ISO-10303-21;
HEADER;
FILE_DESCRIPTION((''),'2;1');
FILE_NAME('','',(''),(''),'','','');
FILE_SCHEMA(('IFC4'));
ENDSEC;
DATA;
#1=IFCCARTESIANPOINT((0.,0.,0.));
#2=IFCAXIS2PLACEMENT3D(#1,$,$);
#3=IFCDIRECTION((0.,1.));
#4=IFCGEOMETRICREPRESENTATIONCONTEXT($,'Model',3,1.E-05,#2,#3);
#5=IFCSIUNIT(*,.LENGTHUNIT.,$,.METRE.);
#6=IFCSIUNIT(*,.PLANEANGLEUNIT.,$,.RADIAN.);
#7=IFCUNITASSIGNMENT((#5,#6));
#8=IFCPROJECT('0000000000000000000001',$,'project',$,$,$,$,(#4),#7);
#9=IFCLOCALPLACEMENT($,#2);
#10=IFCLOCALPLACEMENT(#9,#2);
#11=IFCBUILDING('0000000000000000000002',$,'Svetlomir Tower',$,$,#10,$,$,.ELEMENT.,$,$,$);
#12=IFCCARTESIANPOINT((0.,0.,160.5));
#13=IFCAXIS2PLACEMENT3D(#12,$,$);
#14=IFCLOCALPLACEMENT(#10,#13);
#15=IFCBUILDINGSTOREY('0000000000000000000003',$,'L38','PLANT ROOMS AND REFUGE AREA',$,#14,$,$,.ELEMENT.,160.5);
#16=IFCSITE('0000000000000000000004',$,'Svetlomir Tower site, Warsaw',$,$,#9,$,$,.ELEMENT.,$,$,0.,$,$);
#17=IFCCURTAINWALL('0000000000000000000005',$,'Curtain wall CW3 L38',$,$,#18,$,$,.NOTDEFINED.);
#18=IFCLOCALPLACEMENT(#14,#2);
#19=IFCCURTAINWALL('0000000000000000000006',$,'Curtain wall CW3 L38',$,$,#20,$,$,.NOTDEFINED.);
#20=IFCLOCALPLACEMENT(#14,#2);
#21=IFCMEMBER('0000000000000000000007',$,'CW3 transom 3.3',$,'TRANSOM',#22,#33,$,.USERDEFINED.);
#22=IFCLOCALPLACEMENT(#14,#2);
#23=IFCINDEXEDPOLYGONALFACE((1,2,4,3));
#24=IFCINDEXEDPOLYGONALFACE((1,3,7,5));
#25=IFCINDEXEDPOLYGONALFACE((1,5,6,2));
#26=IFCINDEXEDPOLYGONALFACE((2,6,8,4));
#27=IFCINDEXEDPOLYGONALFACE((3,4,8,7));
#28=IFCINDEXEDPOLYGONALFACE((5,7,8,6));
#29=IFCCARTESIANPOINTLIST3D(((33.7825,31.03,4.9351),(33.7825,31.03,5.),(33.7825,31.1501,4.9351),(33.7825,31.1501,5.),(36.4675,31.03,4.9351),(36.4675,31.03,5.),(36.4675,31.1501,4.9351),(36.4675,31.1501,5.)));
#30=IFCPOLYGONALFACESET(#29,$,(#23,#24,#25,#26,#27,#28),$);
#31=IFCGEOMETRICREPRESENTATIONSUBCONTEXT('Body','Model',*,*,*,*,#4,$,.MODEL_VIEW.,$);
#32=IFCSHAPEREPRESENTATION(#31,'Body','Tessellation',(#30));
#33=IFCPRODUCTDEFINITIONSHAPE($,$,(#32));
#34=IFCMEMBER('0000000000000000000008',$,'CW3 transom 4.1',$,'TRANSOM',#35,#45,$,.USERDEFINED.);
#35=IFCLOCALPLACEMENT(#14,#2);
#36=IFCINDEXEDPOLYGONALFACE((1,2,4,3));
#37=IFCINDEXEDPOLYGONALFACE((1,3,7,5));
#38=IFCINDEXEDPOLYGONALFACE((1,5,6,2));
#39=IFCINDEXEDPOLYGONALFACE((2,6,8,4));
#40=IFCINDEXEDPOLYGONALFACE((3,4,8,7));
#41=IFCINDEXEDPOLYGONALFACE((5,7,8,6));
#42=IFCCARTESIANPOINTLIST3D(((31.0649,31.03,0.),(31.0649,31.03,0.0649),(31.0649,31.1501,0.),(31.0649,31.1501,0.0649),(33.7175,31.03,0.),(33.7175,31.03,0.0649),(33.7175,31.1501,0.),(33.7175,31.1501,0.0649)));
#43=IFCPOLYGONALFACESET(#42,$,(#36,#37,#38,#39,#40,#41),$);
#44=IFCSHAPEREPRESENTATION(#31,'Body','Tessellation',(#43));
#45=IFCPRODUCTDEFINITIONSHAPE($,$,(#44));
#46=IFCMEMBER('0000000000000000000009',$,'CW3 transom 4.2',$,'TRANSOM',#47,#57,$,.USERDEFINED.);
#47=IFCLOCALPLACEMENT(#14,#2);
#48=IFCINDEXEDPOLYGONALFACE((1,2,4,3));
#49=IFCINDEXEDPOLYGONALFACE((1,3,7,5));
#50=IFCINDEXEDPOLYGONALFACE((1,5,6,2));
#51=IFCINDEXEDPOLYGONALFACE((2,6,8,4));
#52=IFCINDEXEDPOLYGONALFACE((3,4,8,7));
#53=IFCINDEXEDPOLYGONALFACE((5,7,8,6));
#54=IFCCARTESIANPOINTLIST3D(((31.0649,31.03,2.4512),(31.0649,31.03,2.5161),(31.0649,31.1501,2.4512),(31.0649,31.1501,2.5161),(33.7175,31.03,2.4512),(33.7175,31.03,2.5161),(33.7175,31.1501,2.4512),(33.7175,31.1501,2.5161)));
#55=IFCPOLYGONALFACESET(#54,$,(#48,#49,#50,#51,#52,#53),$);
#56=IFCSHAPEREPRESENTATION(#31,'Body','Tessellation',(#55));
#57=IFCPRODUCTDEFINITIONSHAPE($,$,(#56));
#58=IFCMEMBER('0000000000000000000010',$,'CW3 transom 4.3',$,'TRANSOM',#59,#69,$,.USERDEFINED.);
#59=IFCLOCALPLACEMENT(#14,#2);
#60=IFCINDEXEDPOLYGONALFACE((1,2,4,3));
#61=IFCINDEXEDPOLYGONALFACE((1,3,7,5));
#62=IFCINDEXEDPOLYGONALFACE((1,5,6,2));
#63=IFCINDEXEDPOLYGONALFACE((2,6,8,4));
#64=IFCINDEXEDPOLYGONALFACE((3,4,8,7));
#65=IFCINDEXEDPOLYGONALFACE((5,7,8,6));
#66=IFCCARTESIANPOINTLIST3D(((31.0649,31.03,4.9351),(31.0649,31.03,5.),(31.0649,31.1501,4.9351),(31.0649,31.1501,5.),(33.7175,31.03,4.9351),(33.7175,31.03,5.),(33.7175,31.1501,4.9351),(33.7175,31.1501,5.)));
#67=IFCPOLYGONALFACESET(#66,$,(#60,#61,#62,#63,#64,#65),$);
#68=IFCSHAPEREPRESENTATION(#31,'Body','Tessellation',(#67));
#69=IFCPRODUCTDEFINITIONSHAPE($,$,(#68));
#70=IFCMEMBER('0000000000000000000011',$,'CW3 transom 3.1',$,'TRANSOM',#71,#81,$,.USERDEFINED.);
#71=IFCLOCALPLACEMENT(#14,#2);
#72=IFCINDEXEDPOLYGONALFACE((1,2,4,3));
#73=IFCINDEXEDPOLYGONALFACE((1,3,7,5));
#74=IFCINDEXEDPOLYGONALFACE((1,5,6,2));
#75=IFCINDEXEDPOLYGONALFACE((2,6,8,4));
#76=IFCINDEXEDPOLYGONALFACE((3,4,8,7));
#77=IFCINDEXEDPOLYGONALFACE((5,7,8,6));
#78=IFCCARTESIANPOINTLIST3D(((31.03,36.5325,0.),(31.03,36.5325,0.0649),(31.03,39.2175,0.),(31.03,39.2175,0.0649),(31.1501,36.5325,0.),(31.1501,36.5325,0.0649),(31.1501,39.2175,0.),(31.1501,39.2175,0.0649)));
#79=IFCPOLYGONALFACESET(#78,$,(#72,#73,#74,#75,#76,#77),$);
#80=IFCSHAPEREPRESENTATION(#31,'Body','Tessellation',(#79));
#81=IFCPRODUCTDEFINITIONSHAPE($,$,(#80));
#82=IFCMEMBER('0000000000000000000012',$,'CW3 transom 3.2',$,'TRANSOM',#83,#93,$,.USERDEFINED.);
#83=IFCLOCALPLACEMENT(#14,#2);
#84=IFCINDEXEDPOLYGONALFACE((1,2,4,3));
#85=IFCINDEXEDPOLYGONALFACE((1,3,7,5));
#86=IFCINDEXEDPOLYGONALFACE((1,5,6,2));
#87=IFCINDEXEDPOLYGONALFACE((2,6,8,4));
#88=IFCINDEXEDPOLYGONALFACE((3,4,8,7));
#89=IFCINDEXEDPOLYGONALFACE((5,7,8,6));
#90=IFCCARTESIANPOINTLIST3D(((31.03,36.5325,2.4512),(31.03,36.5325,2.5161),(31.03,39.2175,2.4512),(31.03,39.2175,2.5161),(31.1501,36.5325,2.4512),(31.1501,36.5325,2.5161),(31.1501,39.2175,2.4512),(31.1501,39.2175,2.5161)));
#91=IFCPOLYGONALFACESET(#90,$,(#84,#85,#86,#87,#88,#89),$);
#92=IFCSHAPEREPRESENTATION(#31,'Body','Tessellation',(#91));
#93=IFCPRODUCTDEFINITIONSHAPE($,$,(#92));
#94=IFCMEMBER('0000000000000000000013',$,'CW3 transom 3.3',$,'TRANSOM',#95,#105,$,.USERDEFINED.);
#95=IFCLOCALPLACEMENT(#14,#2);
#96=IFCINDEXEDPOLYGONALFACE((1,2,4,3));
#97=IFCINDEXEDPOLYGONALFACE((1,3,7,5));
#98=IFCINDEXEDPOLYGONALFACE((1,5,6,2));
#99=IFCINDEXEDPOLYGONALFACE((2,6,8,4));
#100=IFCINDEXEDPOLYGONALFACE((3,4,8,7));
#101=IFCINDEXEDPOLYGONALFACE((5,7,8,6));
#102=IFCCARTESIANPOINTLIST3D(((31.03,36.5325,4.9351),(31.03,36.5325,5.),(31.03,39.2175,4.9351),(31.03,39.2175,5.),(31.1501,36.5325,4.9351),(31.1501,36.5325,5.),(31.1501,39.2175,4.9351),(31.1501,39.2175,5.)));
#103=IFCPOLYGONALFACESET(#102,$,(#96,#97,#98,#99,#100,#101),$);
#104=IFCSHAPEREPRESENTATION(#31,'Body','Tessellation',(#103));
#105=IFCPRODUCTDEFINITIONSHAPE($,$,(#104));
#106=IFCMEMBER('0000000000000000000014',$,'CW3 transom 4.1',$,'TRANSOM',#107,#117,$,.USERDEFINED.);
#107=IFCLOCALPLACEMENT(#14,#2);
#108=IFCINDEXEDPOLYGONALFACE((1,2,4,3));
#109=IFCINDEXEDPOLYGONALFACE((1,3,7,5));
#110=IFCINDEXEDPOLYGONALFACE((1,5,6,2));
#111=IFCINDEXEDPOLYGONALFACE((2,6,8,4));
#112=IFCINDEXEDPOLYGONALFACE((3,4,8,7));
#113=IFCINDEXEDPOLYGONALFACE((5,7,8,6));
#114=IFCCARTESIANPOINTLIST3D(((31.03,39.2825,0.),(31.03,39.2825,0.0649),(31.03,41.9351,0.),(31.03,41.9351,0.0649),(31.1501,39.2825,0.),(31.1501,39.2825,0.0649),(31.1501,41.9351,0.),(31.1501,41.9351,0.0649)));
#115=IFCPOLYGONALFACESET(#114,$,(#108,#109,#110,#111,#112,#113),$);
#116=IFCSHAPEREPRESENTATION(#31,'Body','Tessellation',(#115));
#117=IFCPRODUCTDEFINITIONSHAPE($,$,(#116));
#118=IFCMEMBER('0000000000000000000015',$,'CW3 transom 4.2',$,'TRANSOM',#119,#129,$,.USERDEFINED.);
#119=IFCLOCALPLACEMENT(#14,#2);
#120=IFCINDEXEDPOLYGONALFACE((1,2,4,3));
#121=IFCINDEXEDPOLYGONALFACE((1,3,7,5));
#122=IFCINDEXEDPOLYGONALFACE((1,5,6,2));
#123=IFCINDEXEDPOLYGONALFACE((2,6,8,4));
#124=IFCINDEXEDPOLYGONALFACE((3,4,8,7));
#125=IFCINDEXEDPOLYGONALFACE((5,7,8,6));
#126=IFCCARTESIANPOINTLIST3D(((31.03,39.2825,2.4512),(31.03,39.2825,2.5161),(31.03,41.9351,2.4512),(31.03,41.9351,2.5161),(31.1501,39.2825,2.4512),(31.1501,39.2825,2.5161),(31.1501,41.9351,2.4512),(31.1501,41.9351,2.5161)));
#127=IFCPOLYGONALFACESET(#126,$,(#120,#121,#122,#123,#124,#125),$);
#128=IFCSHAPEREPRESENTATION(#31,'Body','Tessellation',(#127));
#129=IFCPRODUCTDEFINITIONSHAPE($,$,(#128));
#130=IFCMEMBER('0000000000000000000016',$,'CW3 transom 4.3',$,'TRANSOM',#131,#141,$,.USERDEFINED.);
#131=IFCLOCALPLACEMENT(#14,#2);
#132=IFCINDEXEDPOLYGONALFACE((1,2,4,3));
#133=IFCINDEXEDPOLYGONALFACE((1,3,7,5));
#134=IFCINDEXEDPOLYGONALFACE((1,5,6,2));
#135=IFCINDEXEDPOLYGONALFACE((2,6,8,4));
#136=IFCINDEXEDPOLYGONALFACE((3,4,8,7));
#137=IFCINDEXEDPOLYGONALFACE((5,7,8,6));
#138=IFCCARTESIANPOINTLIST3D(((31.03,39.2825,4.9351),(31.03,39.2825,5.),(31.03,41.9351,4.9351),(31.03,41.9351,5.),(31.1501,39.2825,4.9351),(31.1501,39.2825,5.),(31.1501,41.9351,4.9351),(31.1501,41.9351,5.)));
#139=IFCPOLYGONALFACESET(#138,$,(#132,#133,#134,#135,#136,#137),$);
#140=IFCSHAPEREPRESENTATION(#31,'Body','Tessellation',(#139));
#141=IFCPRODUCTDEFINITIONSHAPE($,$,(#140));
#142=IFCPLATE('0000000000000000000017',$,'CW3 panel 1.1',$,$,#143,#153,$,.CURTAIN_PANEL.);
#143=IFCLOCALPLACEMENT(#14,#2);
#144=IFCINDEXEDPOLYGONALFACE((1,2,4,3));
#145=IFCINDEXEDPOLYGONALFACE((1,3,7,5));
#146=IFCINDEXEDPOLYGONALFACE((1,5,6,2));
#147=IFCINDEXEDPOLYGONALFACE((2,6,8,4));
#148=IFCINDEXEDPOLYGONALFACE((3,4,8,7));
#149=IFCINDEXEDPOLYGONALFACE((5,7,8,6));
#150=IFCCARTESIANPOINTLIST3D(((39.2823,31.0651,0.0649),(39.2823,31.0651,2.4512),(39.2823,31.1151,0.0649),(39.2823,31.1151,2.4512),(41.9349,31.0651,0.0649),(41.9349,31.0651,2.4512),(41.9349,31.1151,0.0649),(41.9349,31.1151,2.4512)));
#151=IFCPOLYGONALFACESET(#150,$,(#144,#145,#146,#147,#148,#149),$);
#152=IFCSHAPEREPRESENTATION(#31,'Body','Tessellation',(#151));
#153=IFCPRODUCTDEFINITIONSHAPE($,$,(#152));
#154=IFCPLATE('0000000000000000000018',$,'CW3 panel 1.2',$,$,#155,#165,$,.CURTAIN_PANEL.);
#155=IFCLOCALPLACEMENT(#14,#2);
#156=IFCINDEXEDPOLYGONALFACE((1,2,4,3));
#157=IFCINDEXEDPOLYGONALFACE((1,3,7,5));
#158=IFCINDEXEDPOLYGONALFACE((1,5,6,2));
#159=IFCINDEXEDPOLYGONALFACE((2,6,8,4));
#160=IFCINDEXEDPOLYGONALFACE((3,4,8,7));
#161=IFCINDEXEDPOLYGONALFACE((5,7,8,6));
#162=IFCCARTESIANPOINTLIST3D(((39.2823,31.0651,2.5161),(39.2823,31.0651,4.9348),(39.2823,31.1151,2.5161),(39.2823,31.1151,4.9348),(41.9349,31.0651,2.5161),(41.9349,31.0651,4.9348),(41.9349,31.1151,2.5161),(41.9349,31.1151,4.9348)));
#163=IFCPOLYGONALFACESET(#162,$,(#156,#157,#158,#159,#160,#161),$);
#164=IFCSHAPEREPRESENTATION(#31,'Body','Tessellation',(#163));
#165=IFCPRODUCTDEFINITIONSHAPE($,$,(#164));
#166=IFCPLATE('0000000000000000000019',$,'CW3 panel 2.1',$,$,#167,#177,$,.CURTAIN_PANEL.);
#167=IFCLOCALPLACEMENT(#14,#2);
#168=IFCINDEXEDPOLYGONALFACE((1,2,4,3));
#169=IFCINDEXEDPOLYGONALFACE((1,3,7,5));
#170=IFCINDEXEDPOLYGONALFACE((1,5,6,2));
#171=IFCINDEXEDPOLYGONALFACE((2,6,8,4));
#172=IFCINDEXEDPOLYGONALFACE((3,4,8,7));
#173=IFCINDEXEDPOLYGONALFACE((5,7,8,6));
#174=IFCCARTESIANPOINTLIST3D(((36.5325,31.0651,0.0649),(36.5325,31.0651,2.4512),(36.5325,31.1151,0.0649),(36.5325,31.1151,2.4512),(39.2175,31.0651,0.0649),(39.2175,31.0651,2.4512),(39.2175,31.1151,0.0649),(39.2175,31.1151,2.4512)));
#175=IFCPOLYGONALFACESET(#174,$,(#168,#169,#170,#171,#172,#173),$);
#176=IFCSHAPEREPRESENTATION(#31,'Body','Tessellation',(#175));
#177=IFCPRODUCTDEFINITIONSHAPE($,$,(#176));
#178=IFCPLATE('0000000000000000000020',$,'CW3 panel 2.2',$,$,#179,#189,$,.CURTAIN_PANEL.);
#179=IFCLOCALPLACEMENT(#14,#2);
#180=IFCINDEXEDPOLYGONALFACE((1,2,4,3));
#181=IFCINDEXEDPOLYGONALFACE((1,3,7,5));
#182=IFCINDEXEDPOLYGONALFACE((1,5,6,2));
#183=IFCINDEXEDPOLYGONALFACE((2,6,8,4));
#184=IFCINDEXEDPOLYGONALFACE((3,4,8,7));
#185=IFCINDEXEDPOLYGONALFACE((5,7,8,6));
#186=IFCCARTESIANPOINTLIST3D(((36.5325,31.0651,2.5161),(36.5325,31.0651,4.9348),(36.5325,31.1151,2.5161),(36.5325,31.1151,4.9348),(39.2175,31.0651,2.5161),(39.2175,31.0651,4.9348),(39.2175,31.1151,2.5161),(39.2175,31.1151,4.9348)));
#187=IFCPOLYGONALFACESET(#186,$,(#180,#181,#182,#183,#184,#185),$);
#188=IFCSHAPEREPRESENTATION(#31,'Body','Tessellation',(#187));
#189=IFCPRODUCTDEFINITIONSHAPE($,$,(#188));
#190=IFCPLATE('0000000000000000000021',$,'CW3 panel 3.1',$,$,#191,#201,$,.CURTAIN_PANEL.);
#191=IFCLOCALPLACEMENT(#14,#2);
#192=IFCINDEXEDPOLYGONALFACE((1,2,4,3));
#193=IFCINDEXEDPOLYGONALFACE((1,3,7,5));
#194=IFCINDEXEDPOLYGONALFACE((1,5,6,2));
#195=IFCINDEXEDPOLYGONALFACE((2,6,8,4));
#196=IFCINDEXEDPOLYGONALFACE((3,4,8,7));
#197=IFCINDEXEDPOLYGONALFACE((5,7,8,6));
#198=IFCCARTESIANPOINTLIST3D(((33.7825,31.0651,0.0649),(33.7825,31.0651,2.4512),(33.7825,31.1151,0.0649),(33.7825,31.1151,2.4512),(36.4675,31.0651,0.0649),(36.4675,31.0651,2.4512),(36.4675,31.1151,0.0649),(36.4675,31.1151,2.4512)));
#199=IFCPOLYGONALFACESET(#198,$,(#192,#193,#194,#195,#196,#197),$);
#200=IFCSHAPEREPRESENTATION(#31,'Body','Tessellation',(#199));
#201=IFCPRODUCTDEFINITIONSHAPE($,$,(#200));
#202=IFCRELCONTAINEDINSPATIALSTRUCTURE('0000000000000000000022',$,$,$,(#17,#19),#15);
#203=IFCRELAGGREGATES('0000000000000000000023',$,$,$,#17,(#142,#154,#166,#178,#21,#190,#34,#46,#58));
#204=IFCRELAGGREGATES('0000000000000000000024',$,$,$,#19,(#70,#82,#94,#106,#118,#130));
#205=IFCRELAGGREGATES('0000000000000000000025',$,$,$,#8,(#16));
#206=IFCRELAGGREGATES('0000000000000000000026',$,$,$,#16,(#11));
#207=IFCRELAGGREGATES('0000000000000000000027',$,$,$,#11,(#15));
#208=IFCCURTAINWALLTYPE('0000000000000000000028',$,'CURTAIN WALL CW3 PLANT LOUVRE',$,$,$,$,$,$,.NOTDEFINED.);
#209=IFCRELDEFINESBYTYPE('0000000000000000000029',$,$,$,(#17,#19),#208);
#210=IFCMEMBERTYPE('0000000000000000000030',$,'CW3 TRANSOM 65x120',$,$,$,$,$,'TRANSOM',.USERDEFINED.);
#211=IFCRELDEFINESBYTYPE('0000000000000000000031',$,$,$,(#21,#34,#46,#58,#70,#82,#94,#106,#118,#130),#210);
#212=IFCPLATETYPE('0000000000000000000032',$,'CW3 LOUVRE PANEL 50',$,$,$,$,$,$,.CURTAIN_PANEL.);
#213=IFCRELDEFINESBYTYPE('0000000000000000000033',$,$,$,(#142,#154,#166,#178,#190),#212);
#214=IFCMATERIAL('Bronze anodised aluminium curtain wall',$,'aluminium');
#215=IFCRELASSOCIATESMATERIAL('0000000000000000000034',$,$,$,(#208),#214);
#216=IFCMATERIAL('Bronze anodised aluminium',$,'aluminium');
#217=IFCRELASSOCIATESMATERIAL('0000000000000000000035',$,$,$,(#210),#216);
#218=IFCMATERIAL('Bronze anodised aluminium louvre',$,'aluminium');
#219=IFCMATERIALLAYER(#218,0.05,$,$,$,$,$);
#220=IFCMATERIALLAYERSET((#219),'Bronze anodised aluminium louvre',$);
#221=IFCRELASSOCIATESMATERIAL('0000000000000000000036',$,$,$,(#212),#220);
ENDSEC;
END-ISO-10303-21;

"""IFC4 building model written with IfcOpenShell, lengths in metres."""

from ifc_helpers import new_model, si_unit, direction, frame, origin, origin_2d, place, context, subcontext, project, spatial, rectangle, extrude, material, layer, layer_set, material_profile, profile_set, type_object, element, aggregate, save


model = new_model("IFC4")

# Units and contexts
model_context = context("Model", 3, precision=1e-05, world=origin(), true_north=direction((0.0, 1.0)))
body_context = subcontext(model_context, "Body", "Model", "MODEL_VIEW")
ifc_project = project(units=[si_unit("LENGTHUNIT", "METRE"), si_unit("PLANEANGLEUNIT", "RADIAN")], contexts=[model_context])

# Site, building, storey
site_placement = place(None, origin())
site = spatial("IfcSite", under=ifc_project, at=site_placement, Name="Svetlomir Tower site, Warsaw", CompositionType="ELEMENT", RefElevation=0.0)
building_placement = place(site_placement, origin())
building = spatial("IfcBuilding", under=site, at=building_placement, Name="Svetlomir Tower", CompositionType="ELEMENT")
storey_placement = place(building_placement, frame((0.0, 0.0, 160.5)))
storey = spatial("IfcBuildingStorey", under=building, at=storey_placement, Name="L38", Description="PLANT ROOMS AND REFUGE AREA", CompositionType="ELEMENT", Elevation=160.5)

# Curtain walls
ifc_material_1 = material(Name="Bronze anodised aluminium curtain wall", Category="aluminium")
curtain_wall_type = type_object("IfcCurtainWallType", Name="CURTAIN WALL CW3 PLANT LOUVRE", PredefinedType="NOTDEFINED", material=ifc_material_1)
curtain_wall_1_placement = place(storey_placement, origin())
curtain_wall_1 = element("IfcCurtainWall", 1, at=curtain_wall_1_placement, inside=storey, type_object=curtain_wall_type, Name="Curtain wall CW3 L38", PredefinedType="NOTDEFINED")
curtain_wall_2_placement = place(storey_placement, origin())
curtain_wall_2 = element("IfcCurtainWall", 2, at=curtain_wall_2_placement, inside=storey, type_object=curtain_wall_type, Name="Curtain wall CW3 L38", PredefinedType="NOTDEFINED")

# Members
ifc_material_2 = material(Name="Bronze anodised aluminium", Category="aluminium")
ifc_material_profile_1 = material_profile(ifc_material_2, rectangle(XDim=0.1201, YDim=0.0649, at=origin_2d()), Name="AL 120x65")
ifc_profile_set_1 = profile_set([ifc_material_profile_1], Name="Bronze anodised aluminium 6063-T6")
member_type_1 = type_object("IfcMemberType", Name="CW3 TRANSOM 65x120", ElementType="TRANSOM", PredefinedType="USERDEFINED", material=ifc_profile_set_1)
member_1_placement = place(storey_placement, frame((36.4675, 31.0901, 4.9675), z_axis=(-1.0, 0.0, 0.0), x_axis=(0.0, -1.0, 0.0)))
member_1 = element("IfcMember", 3, at=member_1_placement, type_object=member_type_1, Name="CW3 transom 3.3", ObjectType="TRANSOM", PredefinedType="USERDEFINED", context=body_context, shape_type="SweptSolid", body=[
    extrude(rectangle(XDim=0.1201, YDim=0.0649, at=origin_2d()), origin(), (0.0, 0.0, 1.0), 2.6851),
])
member_2_placement = place(storey_placement, frame((33.7175, 31.0901, 0.0325), z_axis=(-1.0, 0.0, 0.0), x_axis=(0.0, -1.0, 0.0)))
member_2 = element("IfcMember", 4, at=member_2_placement, type_object=member_type_1, Name="CW3 transom 4.1", ObjectType="TRANSOM", PredefinedType="USERDEFINED", context=body_context, shape_type="SweptSolid", body=[
    extrude(rectangle(XDim=0.1201, YDim=0.0649, at=origin_2d()), origin(), (0.0, 0.0, 1.0), 2.6526),
])
member_3_placement = place(storey_placement, frame((33.7175, 31.0901, 2.4836), z_axis=(-1.0, 0.0, 0.0), x_axis=(0.0, -1.0, 0.0)))
member_3 = element("IfcMember", 5, at=member_3_placement, type_object=member_type_1, Name="CW3 transom 4.2", ObjectType="TRANSOM", PredefinedType="USERDEFINED", context=body_context, shape_type="SweptSolid", body=[
    extrude(rectangle(XDim=0.1201, YDim=0.0649, at=origin_2d()), origin(), (0.0, 0.0, 1.0), 2.6526),
])
member_4_placement = place(storey_placement, frame((33.7175, 31.0901, 4.9675), z_axis=(-1.0, 0.0, 0.0), x_axis=(0.0, -1.0, 0.0)))
member_4 = element("IfcMember", 6, at=member_4_placement, type_object=member_type_1, Name="CW3 transom 4.3", ObjectType="TRANSOM", PredefinedType="USERDEFINED", context=body_context, shape_type="SweptSolid", body=[
    extrude(rectangle(XDim=0.1201, YDim=0.0649, at=origin_2d()), origin(), (0.0, 0.0, 1.0), 2.6526),
])
member_5_placement = place(storey_placement, frame((31.0901, 36.5325, 0.0325), z_axis=(0.0, 1.0, 0.0), x_axis=(-1.0, 0.0, 0.0)))
member_5 = element("IfcMember", 7, at=member_5_placement, type_object=member_type_1, Name="CW3 transom 3.1", ObjectType="TRANSOM", PredefinedType="USERDEFINED", context=body_context, shape_type="SweptSolid", body=[
    extrude(rectangle(XDim=0.1201, YDim=0.0649, at=origin_2d()), origin(), (0.0, 0.0, 1.0), 2.6851),
])
member_6_placement = place(storey_placement, frame((31.0901, 36.5325, 2.4836), z_axis=(0.0, 1.0, 0.0), x_axis=(-1.0, 0.0, 0.0)))
member_6 = element("IfcMember", 8, at=member_6_placement, type_object=member_type_1, Name="CW3 transom 3.2", ObjectType="TRANSOM", PredefinedType="USERDEFINED", context=body_context, shape_type="SweptSolid", body=[
    extrude(rectangle(XDim=0.1201, YDim=0.0649, at=origin_2d()), origin(), (0.0, 0.0, 1.0), 2.6851),
])
member_7_placement = place(storey_placement, frame((31.0901, 36.5325, 4.9675), z_axis=(0.0, 1.0, 0.0), x_axis=(-1.0, 0.0, 0.0)))
member_7 = element("IfcMember", 9, at=member_7_placement, type_object=member_type_1, Name="CW3 transom 3.3", ObjectType="TRANSOM", PredefinedType="USERDEFINED", context=body_context, shape_type="SweptSolid", body=[
    extrude(rectangle(XDim=0.1201, YDim=0.0649, at=origin_2d()), origin(), (0.0, 0.0, 1.0), 2.6851),
])
member_8_placement = place(storey_placement, frame((31.0901, 39.2825, 0.0325), z_axis=(0.0, 1.0, 0.0), x_axis=(-1.0, 0.0, 0.0)))
member_8 = element("IfcMember", 10, at=member_8_placement, type_object=member_type_1, Name="CW3 transom 4.1", ObjectType="TRANSOM", PredefinedType="USERDEFINED", context=body_context, shape_type="SweptSolid", body=[
    extrude(rectangle(XDim=0.1201, YDim=0.0649, at=origin_2d()), origin(), (0.0, 0.0, 1.0), 2.6526),
])
member_9_placement = place(storey_placement, frame((31.0901, 39.2825, 2.4836), z_axis=(0.0, 1.0, 0.0), x_axis=(-1.0, 0.0, 0.0)))
member_9 = element("IfcMember", 11, at=member_9_placement, type_object=member_type_1, Name="CW3 transom 4.2", ObjectType="TRANSOM", PredefinedType="USERDEFINED", context=body_context, shape_type="SweptSolid", body=[
    extrude(rectangle(XDim=0.1201, YDim=0.0649, at=origin_2d()), origin(), (0.0, 0.0, 1.0), 2.6526),
])
member_10_placement = place(storey_placement, frame((31.0901, 39.2825, 4.9675), z_axis=(0.0, 1.0, 0.0), x_axis=(-1.0, 0.0, 0.0)))
member_10 = element("IfcMember", 12, at=member_10_placement, type_object=member_type_1, Name="CW3 transom 4.3", ObjectType="TRANSOM", PredefinedType="USERDEFINED", context=body_context, shape_type="SweptSolid", body=[
    extrude(rectangle(XDim=0.1201, YDim=0.0649, at=origin_2d()), origin(), (0.0, 0.0, 1.0), 2.6526),
])

# Plates
ifc_material_3 = material(Name="Bronze anodised aluminium louvre", Category="aluminium")
ifc_layer = layer(ifc_material_3, 0.05)
ifc_layer_set = layer_set([ifc_layer], Name="Bronze anodised aluminium louvre")
plate_type = type_object("IfcPlateType", Name="CW3 LOUVRE PANEL 50", PredefinedType="CURTAIN_PANEL", material=ifc_layer_set)
plate_1_placement = place(storey_placement, frame((40.6086, 31.0901, 0.0649), z_axis=(0.0, 0.0, 1.0), x_axis=(-1.0, 0.0, 0.0)))
plate_1 = element("IfcPlate", 13, at=plate_1_placement, type_object=plate_type, Name="CW3 panel 1.1", PredefinedType="CURTAIN_PANEL", context=body_context, shape_type="SweptSolid", body=[
    extrude(rectangle(XDim=2.6526, YDim=0.05, at=origin_2d()), origin(), (0.0, 0.0, 1.0), 2.3862),
])
plate_2_placement = place(storey_placement, frame((40.6086, 31.0901, 2.5161), z_axis=(0.0, 0.0, 1.0), x_axis=(-1.0, 0.0, 0.0)))
plate_2 = element("IfcPlate", 14, at=plate_2_placement, type_object=plate_type, Name="CW3 panel 1.2", PredefinedType="CURTAIN_PANEL", context=body_context, shape_type="SweptSolid", body=[
    extrude(rectangle(XDim=2.6526, YDim=0.05, at=origin_2d()), origin(), (0.0, 0.0, 1.0), 2.4187),
])
plate_3_placement = place(storey_placement, frame((37.875, 31.0901, 0.0649), z_axis=(0.0, 0.0, 1.0), x_axis=(-1.0, 0.0, 0.0)))
plate_3 = element("IfcPlate", 15, at=plate_3_placement, type_object=plate_type, Name="CW3 panel 2.1", PredefinedType="CURTAIN_PANEL", context=body_context, shape_type="SweptSolid", body=[
    extrude(rectangle(XDim=2.6851, YDim=0.05, at=origin_2d()), origin(), (0.0, 0.0, 1.0), 2.3862),
])
plate_4_placement = place(storey_placement, frame((37.875, 31.0901, 2.5161), z_axis=(0.0, 0.0, 1.0), x_axis=(-1.0, 0.0, 0.0)))
plate_4 = element("IfcPlate", 16, at=plate_4_placement, type_object=plate_type, Name="CW3 panel 2.2", PredefinedType="CURTAIN_PANEL", context=body_context, shape_type="SweptSolid", body=[
    extrude(rectangle(XDim=2.6851, YDim=0.05, at=origin_2d()), origin(), (0.0, 0.0, 1.0), 2.4187),
])
plate_5_placement = place(storey_placement, frame((35.125, 31.0901, 0.0649), z_axis=(0.0, 0.0, 1.0), x_axis=(-1.0, 0.0, 0.0)))
plate_5 = element("IfcPlate", 17, at=plate_5_placement, type_object=plate_type, Name="CW3 panel 3.1", PredefinedType="CURTAIN_PANEL", context=body_context, shape_type="SweptSolid", body=[
    extrude(rectangle(XDim=2.6851, YDim=0.05, at=origin_2d()), origin(), (0.0, 0.0, 1.0), 2.3862),
])
aggregate(curtain_wall_1, [plate_1, plate_2, plate_3, plate_4, member_1, plate_5, member_2, member_3, member_4])
aggregate(curtain_wall_2, [member_5, member_6, member_7, member_8, member_9, member_10])

save(model, "model.ifc")
